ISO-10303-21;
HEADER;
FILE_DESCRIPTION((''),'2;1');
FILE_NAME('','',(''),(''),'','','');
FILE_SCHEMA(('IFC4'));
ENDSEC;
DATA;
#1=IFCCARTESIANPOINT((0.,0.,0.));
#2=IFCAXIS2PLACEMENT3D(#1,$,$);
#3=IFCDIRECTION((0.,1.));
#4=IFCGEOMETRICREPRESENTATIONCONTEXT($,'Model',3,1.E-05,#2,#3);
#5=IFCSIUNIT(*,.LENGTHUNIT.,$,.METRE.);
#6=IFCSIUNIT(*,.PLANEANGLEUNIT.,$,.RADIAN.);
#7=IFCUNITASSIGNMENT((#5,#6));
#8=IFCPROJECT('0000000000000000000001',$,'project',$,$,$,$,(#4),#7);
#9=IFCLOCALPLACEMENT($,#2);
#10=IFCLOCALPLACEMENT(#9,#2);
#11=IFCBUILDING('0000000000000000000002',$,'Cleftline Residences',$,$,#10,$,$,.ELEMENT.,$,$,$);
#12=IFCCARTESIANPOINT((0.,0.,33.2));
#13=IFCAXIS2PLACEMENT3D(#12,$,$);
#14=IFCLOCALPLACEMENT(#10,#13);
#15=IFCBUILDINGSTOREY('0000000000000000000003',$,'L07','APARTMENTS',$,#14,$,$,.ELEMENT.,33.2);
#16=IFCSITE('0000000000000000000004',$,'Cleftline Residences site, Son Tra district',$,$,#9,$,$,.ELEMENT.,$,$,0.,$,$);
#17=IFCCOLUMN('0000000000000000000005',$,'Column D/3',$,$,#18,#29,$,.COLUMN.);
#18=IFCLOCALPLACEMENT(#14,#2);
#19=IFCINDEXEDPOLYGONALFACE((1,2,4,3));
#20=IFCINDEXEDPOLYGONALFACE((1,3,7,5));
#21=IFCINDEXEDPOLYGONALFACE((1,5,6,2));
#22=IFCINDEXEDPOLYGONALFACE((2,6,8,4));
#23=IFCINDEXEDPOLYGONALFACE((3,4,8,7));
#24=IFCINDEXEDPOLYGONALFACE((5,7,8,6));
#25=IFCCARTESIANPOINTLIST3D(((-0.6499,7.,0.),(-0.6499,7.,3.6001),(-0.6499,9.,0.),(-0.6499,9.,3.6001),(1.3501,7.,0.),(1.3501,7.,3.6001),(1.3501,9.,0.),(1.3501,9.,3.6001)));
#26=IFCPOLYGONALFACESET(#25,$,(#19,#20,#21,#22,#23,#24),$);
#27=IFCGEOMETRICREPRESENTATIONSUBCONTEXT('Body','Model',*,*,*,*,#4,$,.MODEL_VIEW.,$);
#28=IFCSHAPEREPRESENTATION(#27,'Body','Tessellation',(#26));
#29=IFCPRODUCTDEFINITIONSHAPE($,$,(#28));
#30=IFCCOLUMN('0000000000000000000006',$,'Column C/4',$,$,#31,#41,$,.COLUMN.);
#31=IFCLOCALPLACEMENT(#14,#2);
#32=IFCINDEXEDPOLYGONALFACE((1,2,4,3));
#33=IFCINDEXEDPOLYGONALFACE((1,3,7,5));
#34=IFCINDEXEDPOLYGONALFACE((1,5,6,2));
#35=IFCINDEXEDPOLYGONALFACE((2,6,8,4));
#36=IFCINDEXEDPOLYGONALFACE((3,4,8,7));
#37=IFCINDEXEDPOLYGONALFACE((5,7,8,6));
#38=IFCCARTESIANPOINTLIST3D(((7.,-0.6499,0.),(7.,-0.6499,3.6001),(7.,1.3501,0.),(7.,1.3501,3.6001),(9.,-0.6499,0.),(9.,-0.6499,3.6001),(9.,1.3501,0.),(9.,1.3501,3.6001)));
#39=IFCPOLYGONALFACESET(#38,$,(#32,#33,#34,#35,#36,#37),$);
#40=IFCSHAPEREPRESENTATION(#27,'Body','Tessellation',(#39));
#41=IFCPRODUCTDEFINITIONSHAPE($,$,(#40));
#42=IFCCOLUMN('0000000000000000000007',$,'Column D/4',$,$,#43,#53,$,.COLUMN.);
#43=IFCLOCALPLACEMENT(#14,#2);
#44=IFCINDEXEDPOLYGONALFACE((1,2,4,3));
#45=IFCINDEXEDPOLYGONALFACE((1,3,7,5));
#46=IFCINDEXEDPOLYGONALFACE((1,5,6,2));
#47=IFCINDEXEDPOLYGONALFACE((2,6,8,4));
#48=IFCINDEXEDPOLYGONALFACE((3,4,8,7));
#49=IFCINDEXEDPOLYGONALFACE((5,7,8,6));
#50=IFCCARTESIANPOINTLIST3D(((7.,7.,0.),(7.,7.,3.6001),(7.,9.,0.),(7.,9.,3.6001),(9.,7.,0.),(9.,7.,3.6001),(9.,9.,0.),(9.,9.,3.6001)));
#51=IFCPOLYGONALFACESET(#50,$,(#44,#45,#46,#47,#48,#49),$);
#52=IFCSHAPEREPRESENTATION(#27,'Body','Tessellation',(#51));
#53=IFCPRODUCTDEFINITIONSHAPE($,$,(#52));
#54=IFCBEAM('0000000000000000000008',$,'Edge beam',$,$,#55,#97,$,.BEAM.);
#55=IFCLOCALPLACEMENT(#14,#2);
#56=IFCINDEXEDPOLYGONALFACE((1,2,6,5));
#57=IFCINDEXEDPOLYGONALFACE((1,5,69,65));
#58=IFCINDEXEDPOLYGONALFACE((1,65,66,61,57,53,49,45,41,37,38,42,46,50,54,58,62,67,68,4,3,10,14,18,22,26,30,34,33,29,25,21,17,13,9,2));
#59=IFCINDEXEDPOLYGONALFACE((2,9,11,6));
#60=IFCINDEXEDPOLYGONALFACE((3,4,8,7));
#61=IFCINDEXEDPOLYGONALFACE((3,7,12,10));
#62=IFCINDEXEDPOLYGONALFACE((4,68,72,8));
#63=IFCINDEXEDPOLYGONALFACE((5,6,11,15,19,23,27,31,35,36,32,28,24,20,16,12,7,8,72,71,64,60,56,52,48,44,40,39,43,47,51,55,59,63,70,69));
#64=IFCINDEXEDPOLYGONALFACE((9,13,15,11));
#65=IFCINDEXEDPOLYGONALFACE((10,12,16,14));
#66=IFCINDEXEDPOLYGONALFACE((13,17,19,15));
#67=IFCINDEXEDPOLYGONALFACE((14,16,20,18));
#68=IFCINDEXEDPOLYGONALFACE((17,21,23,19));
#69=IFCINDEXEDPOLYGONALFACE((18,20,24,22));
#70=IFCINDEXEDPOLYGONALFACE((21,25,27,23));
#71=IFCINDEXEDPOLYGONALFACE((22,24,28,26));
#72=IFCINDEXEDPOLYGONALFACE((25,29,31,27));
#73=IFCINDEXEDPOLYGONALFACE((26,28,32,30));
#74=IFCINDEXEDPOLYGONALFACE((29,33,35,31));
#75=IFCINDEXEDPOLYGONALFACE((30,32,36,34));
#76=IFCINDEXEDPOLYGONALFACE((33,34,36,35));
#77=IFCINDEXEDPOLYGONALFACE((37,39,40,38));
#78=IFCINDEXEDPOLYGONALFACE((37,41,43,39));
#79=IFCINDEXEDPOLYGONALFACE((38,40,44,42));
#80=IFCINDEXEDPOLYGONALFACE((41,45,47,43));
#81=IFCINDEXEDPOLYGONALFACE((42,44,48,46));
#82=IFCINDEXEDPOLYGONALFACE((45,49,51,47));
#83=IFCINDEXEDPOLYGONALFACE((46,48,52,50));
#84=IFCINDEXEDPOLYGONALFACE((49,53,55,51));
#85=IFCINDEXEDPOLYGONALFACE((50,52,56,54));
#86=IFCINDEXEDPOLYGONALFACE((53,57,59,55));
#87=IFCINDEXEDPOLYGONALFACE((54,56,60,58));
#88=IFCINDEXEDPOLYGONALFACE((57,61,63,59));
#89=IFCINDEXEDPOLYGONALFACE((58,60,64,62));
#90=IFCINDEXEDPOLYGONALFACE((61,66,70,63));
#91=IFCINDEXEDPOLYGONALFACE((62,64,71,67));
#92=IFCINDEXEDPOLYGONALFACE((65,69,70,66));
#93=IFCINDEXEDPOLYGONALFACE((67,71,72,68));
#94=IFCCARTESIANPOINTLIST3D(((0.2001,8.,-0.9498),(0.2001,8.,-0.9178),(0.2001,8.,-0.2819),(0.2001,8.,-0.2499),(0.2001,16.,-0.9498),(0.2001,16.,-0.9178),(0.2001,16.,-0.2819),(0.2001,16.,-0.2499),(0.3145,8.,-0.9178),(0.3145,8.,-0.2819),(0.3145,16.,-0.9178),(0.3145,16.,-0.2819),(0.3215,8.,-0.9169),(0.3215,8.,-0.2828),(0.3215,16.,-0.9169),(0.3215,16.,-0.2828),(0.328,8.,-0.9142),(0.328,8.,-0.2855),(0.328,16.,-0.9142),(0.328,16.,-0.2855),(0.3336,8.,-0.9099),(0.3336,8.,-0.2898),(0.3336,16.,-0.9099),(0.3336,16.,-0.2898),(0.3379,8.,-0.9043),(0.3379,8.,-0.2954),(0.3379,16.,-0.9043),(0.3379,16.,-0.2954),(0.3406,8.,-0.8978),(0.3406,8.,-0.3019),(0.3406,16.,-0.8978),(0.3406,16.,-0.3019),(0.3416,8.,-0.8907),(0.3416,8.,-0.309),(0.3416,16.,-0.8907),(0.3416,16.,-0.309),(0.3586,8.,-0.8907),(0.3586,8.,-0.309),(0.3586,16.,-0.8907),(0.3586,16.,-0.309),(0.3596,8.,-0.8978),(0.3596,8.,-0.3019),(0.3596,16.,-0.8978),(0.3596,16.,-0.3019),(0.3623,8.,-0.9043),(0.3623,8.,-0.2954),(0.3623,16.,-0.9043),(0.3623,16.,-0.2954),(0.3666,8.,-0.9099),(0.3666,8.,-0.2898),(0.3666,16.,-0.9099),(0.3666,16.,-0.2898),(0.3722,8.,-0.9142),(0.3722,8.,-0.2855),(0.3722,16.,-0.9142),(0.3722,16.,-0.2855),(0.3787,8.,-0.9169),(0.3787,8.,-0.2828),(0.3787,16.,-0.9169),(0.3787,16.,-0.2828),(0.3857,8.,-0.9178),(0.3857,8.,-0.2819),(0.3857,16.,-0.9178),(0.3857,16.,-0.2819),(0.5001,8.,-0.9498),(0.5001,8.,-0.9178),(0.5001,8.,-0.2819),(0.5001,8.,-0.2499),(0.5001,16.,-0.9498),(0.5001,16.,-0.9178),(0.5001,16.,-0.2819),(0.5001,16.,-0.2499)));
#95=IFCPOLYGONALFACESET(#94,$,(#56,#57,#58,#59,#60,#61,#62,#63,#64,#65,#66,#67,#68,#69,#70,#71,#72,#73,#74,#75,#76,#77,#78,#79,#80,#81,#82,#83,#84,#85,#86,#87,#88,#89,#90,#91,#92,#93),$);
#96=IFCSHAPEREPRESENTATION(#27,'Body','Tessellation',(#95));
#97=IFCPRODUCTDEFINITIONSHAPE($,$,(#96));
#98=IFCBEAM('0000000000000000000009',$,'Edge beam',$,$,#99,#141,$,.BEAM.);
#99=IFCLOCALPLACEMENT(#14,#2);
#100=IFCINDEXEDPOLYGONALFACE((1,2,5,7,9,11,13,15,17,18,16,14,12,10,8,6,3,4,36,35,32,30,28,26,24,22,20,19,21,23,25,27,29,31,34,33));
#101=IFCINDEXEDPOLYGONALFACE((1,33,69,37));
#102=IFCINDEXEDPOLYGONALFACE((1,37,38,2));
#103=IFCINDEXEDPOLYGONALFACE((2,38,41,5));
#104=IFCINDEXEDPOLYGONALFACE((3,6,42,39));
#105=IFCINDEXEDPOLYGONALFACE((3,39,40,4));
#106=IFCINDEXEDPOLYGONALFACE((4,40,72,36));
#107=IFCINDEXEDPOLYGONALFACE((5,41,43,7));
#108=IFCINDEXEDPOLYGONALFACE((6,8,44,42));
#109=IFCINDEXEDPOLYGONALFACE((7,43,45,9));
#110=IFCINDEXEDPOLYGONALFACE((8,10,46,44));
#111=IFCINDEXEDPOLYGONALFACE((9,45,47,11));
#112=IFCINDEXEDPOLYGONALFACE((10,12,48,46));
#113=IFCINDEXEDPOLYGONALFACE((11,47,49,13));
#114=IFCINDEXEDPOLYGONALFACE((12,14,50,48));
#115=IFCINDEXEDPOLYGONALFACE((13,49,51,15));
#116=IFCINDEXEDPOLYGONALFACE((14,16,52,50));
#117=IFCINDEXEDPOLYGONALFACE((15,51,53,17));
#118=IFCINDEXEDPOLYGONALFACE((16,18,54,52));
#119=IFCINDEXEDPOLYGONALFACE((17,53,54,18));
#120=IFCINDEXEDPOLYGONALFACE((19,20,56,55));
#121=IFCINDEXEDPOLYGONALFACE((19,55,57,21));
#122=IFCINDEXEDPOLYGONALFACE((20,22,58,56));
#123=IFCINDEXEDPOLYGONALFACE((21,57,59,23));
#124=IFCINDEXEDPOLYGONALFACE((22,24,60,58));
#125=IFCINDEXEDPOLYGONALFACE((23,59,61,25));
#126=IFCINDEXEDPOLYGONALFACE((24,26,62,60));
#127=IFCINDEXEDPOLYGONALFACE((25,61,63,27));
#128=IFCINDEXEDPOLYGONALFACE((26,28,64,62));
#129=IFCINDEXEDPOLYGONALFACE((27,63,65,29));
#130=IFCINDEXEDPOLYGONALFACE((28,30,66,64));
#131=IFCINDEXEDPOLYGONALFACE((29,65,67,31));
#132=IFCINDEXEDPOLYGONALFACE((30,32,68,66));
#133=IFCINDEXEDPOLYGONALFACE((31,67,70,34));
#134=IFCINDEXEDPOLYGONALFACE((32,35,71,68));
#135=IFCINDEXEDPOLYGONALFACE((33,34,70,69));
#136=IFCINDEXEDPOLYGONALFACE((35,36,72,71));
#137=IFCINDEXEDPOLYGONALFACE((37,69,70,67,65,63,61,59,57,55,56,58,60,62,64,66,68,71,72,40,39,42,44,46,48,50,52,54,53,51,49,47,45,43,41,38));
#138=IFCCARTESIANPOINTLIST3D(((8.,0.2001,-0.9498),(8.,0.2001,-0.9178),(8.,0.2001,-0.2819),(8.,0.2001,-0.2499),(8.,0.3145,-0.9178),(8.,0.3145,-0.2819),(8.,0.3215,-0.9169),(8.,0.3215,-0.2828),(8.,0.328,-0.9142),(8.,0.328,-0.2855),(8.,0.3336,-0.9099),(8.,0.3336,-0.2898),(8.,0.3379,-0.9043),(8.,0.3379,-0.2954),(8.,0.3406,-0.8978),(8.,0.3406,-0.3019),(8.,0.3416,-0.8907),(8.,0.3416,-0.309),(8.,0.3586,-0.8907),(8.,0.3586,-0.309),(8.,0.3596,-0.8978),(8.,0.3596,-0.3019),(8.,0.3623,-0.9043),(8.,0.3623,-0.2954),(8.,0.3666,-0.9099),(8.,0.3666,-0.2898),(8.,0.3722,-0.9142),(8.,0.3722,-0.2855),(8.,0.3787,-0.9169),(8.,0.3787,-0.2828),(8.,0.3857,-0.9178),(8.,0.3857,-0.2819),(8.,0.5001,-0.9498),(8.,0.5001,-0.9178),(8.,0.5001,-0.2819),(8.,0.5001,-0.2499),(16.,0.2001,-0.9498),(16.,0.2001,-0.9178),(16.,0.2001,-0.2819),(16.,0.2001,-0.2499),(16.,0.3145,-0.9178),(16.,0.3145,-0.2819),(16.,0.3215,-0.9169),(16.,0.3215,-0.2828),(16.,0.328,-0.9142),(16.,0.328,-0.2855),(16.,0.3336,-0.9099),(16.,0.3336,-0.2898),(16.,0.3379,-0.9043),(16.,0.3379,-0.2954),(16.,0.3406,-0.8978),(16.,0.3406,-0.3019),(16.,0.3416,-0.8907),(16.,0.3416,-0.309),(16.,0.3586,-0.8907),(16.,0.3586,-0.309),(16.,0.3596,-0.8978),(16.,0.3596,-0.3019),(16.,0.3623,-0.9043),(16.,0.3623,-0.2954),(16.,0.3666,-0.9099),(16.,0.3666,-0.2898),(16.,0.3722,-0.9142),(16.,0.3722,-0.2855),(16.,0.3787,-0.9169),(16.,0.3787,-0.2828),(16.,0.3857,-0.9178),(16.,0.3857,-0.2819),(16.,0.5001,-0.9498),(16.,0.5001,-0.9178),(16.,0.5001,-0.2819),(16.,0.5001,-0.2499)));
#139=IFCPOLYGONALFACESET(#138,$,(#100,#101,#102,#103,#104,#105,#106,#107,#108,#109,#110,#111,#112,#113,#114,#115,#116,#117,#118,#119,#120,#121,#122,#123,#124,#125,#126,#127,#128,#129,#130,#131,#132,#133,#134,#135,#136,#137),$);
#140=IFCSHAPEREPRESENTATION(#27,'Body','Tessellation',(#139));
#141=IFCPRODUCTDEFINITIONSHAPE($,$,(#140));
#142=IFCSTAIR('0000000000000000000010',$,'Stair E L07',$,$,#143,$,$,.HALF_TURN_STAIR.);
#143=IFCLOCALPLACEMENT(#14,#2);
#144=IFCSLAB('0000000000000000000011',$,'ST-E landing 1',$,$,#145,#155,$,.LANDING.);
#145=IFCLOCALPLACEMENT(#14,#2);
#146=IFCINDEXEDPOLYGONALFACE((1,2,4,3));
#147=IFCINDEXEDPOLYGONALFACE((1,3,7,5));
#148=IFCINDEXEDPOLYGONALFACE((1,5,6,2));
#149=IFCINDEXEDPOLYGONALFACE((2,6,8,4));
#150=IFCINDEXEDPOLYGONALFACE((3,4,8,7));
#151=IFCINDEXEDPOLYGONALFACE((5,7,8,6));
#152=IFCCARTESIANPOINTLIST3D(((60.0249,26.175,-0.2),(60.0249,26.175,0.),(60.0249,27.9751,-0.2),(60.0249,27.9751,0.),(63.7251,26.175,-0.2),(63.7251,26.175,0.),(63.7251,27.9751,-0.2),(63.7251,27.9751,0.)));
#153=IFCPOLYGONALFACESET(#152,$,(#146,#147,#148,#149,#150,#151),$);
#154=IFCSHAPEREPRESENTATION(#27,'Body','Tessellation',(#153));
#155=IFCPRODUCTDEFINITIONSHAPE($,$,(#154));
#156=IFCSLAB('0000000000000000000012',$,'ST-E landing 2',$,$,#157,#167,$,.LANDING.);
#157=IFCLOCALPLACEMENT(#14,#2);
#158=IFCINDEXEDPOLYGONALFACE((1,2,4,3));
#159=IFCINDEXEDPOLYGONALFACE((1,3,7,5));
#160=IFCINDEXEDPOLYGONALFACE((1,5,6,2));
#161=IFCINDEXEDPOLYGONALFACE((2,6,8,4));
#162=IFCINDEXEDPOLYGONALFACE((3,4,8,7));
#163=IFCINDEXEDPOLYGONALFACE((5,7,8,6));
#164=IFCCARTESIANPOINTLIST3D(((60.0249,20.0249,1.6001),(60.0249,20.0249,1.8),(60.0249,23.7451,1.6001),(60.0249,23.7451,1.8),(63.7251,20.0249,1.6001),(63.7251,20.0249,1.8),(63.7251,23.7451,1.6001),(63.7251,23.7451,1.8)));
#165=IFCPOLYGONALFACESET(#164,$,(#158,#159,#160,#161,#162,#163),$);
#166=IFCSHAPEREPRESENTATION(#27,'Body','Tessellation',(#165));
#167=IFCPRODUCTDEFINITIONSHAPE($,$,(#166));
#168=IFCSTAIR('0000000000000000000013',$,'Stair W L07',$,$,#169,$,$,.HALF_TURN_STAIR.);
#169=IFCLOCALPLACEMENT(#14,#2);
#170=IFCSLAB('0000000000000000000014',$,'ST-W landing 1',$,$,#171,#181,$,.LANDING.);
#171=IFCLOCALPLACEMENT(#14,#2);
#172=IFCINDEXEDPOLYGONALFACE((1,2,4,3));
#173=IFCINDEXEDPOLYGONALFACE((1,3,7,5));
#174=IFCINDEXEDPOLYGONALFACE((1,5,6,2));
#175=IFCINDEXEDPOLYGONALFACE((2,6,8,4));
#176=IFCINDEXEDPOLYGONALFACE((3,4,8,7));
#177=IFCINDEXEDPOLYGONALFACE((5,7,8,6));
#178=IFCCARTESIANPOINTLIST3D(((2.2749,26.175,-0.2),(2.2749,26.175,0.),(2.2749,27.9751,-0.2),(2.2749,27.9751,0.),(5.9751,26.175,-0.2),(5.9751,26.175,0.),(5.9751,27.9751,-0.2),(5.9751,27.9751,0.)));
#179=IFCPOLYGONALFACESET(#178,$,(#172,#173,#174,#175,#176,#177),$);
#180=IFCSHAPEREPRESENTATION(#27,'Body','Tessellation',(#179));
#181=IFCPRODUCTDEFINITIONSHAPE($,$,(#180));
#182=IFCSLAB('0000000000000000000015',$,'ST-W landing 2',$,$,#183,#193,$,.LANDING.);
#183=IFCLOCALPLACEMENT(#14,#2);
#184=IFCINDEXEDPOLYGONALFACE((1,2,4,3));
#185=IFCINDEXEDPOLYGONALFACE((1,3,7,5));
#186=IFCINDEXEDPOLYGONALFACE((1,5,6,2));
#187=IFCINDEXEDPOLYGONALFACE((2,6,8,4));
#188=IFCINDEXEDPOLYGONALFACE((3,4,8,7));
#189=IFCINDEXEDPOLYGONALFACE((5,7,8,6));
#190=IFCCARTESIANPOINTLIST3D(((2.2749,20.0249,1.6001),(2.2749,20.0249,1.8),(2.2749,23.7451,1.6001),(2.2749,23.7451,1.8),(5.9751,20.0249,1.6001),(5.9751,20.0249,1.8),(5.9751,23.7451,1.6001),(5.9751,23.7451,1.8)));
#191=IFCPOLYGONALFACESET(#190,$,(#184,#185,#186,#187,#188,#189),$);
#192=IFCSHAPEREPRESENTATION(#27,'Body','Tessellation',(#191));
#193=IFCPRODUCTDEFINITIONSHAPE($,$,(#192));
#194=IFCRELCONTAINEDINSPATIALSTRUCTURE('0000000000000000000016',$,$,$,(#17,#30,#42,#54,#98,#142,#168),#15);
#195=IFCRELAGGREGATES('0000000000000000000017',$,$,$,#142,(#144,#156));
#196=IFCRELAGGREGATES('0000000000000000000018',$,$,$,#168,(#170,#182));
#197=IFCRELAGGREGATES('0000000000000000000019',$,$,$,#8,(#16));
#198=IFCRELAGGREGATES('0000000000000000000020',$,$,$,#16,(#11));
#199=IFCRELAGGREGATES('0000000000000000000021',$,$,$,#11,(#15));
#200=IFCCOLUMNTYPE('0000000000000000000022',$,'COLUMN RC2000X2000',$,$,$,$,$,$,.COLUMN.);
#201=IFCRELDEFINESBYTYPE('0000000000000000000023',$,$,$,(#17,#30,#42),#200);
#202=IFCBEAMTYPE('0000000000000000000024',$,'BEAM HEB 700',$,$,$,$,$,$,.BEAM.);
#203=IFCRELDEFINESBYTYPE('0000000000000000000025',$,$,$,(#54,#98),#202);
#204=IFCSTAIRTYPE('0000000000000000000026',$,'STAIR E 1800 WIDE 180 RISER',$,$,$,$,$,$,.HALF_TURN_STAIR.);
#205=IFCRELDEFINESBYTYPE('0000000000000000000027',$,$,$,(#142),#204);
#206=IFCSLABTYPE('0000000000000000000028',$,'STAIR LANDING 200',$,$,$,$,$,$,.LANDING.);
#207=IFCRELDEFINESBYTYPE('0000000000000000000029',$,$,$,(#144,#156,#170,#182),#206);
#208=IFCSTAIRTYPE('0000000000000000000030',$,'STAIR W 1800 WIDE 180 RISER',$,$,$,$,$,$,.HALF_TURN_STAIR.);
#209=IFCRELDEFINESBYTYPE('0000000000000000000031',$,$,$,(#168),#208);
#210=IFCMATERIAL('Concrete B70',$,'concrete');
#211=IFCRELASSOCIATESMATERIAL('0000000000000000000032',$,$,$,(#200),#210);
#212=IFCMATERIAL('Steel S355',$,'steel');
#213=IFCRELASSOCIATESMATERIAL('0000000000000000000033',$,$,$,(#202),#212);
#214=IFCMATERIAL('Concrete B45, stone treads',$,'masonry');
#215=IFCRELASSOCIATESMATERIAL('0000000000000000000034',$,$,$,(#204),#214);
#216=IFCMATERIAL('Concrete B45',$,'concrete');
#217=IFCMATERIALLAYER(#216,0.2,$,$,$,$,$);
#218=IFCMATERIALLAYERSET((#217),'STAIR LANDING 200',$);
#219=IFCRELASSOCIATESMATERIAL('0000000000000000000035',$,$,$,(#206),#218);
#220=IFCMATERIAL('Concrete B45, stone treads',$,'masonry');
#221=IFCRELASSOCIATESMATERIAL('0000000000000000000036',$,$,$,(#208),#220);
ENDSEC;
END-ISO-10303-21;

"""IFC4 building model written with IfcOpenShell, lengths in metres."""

from ifc_helpers import new_model, si_unit, direction, frame, origin, origin_2d, place, context, subcontext, project, spatial, polyline, rectangle, i_section, outline, extrude, material, layer, layer_set, material_profile, profile_set, type_object, element, aggregate, save


model = new_model("IFC4")

# Units and contexts
model_context = context("Model", 3, precision=1e-05, world=origin(), true_north=direction((0.0, 1.0)))
body_context = subcontext(model_context, "Body", "Model", "MODEL_VIEW")
ifc_project = project(units=[si_unit("LENGTHUNIT", "METRE"), si_unit("PLANEANGLEUNIT", "RADIAN")], contexts=[model_context])

# Site, building, storey
site_placement = place(None, origin())
site = spatial("IfcSite", under=ifc_project, at=site_placement, Name="Cleftline Residences site, Son Tra district", CompositionType="ELEMENT", RefElevation=0.0)
building_placement = place(site_placement, origin())
building = spatial("IfcBuilding", under=site, at=building_placement, Name="Cleftline Residences", CompositionType="ELEMENT")
storey_placement = place(building_placement, frame((0.0, 0.0, 33.2)))
storey = spatial("IfcBuildingStorey", under=building, at=storey_placement, Name="L07", Description="APARTMENTS", CompositionType="ELEMENT", Elevation=33.2)

# Columns
ifc_material_1 = material(Name="Concrete B70", Category="concrete")
ifc_material_profile_1 = material_profile(ifc_material_1, rectangle(XDim=2.0, YDim=2.0, at=origin_2d()))
ifc_profile_set_1 = profile_set([ifc_material_profile_1], Name="Concrete B70")
column_type = type_object("IfcColumnType", Name="COLUMN RC2000X2000", PredefinedType="COLUMN", material=ifc_profile_set_1)
for number, where, z_axis, x_axis, name in (
    (1, (0.3501, 8.0, 0.0), (0.0, 0.0, 1.0), (1.0, 0.0, 0.0), "Column D/3"),
    (2, (8.0, 0.3501, 0.0), (0.0, 0.0, 1.0), (1.0, 0.0, 0.0), "Column C/4"),
    (3, (8.0, 8.0, 0.0), (0.0, 0.0, 1.0), (1.0, 0.0, 0.0), "Column D/4"),
):
    element("IfcColumn", number, at=place(storey_placement, frame(where, z_axis=z_axis, x_axis=x_axis)), inside=storey, type_object=column_type, Name=name, PredefinedType="COLUMN", context=body_context, shape_type="SweptSolid", body=[
        extrude(rectangle(XDim=2.0, YDim=2.0, at=origin_2d()), origin(), (0.0, 0.0, 1.0), 3.6001),
    ])

# Beams
ifc_material_2 = material(Name="Steel S355", Category="steel")
ifc_material_profile_2 = material_profile(ifc_material_2, i_section(OverallWidth=0.3, OverallDepth=0.7, WebThickness=0.0171, FlangeThickness=0.032, FilletRadius=0.0271, at=origin_2d()))
ifc_profile_set_2 = profile_set([ifc_material_profile_2], Name="Steel S355")
beam_type = type_object("IfcBeamType", Name="BEAM HEB 700", PredefinedType="BEAM", material=ifc_profile_set_2)
for number, where, z_axis, x_axis, name in (
    (4, (0.3501, 8.0, -0.5999), (0.0, 1.0, 0.0), (-1.0, 0.0, 0.0), "Edge beam"),
    (5, (8.0, 0.3501, -0.5999), (1.0, 0.0, 0.0), (0.0, 1.0, 0.0), "Edge beam"),
):
    element("IfcBeam", number, at=place(storey_placement, frame(where, z_axis=z_axis, x_axis=x_axis)), inside=storey, type_object=beam_type, Name=name, PredefinedType="BEAM", context=body_context, shape_type="SweptSolid", body=[
        extrude(i_section(OverallWidth=0.3, OverallDepth=0.7, WebThickness=0.0171, FlangeThickness=0.032, FilletRadius=0.0271, at=origin_2d()), origin(), (0.0, 0.0, 1.0), 8.0),
    ])

# Stairs, slabs
ifc_material_3 = material(Name="Concrete B45, stone treads", Category="masonry")
stair_type_1 = type_object("IfcStairType", Name="STAIR E 1800 WIDE 180 RISER", PredefinedType="HALF_TURN_STAIR", material=ifc_material_3)
stair_1_placement = place(storey_placement, origin())
stair_1 = element("IfcStair", 6, at=stair_1_placement, inside=storey, type_object=stair_type_1, Name="Stair E L07", PredefinedType="HALF_TURN_STAIR")
ifc_material_4 = material(Name="Concrete B45", Category="concrete")
ifc_layer_1 = layer(ifc_material_4, 0.2)
ifc_layer_set_1 = layer_set([ifc_layer_1], Name="STAIR LANDING 200")
slab_type = type_object("IfcSlabType", Name="STAIR LANDING 200", PredefinedType="LANDING", material=ifc_layer_set_1)
slab_1_placement = place(storey_placement, frame((0.0, 0.0, -0.2)))
slab_1 = element("IfcSlab", 7, at=slab_1_placement, type_object=slab_type, Name="ST-E landing 1", PredefinedType="LANDING", context=body_context, shape_type="SweptSolid", body=[
    extrude(outline(polyline([(60.0249, 26.175), (63.7251, 26.175), (63.7251, 27.9751), (60.0249, 27.9751), (60.0249, 26.175)])), origin(), (0.0, 0.0, 1.0), 0.2),
])
slab_2_placement = place(storey_placement, frame((0.0, 0.0, 1.6001)))
slab_2 = element("IfcSlab", 8, at=slab_2_placement, type_object=slab_type, Name="ST-E landing 2", PredefinedType="LANDING", context=body_context, shape_type="SweptSolid", body=[
    extrude(outline(polyline([(60.0249, 20.0249), (63.7251, 20.0249), (63.7251, 23.7451), (60.0249, 23.7451), (60.0249, 20.0249)])), origin(), (0.0, 0.0, 1.0), 0.2),
])
aggregate(stair_1, [slab_1, slab_2])
ifc_material_5 = material(Name="Concrete B45, stone treads", Category="masonry")
stair_type_2 = type_object("IfcStairType", Name="STAIR W 1800 WIDE 180 RISER", PredefinedType="HALF_TURN_STAIR", material=ifc_material_5)
stair_2_placement = place(storey_placement, origin())
stair_2 = element("IfcStair", 9, at=stair_2_placement, inside=storey, type_object=stair_type_2, Name="Stair W L07", PredefinedType="HALF_TURN_STAIR")
slab_3_placement = place(storey_placement, frame((0.0, 0.0, -0.2)))
slab_3 = element("IfcSlab", 10, at=slab_3_placement, type_object=slab_type, Name="ST-W landing 1", PredefinedType="LANDING", context=body_context, shape_type="SweptSolid", body=[
    extrude(outline(polyline([(2.2749, 26.175), (5.9751, 26.175), (5.9751, 27.9751), (2.2749, 27.9751), (2.2749, 26.175)])), origin(), (0.0, 0.0, 1.0), 0.2),
])
slab_4_placement = place(storey_placement, frame((0.0, 0.0, 1.6001)))
slab_4 = element("IfcSlab", 11, at=slab_4_placement, type_object=slab_type, Name="ST-W landing 2", PredefinedType="LANDING", context=body_context, shape_type="SweptSolid", body=[
    extrude(outline(polyline([(2.2749, 20.0249), (5.9751, 20.0249), (5.9751, 23.7451), (2.2749, 23.7451), (2.2749, 20.0249)])), origin(), (0.0, 0.0, 1.0), 0.2),
])
aggregate(stair_2, [slab_3, slab_4])

save(model, "model.ifc")
